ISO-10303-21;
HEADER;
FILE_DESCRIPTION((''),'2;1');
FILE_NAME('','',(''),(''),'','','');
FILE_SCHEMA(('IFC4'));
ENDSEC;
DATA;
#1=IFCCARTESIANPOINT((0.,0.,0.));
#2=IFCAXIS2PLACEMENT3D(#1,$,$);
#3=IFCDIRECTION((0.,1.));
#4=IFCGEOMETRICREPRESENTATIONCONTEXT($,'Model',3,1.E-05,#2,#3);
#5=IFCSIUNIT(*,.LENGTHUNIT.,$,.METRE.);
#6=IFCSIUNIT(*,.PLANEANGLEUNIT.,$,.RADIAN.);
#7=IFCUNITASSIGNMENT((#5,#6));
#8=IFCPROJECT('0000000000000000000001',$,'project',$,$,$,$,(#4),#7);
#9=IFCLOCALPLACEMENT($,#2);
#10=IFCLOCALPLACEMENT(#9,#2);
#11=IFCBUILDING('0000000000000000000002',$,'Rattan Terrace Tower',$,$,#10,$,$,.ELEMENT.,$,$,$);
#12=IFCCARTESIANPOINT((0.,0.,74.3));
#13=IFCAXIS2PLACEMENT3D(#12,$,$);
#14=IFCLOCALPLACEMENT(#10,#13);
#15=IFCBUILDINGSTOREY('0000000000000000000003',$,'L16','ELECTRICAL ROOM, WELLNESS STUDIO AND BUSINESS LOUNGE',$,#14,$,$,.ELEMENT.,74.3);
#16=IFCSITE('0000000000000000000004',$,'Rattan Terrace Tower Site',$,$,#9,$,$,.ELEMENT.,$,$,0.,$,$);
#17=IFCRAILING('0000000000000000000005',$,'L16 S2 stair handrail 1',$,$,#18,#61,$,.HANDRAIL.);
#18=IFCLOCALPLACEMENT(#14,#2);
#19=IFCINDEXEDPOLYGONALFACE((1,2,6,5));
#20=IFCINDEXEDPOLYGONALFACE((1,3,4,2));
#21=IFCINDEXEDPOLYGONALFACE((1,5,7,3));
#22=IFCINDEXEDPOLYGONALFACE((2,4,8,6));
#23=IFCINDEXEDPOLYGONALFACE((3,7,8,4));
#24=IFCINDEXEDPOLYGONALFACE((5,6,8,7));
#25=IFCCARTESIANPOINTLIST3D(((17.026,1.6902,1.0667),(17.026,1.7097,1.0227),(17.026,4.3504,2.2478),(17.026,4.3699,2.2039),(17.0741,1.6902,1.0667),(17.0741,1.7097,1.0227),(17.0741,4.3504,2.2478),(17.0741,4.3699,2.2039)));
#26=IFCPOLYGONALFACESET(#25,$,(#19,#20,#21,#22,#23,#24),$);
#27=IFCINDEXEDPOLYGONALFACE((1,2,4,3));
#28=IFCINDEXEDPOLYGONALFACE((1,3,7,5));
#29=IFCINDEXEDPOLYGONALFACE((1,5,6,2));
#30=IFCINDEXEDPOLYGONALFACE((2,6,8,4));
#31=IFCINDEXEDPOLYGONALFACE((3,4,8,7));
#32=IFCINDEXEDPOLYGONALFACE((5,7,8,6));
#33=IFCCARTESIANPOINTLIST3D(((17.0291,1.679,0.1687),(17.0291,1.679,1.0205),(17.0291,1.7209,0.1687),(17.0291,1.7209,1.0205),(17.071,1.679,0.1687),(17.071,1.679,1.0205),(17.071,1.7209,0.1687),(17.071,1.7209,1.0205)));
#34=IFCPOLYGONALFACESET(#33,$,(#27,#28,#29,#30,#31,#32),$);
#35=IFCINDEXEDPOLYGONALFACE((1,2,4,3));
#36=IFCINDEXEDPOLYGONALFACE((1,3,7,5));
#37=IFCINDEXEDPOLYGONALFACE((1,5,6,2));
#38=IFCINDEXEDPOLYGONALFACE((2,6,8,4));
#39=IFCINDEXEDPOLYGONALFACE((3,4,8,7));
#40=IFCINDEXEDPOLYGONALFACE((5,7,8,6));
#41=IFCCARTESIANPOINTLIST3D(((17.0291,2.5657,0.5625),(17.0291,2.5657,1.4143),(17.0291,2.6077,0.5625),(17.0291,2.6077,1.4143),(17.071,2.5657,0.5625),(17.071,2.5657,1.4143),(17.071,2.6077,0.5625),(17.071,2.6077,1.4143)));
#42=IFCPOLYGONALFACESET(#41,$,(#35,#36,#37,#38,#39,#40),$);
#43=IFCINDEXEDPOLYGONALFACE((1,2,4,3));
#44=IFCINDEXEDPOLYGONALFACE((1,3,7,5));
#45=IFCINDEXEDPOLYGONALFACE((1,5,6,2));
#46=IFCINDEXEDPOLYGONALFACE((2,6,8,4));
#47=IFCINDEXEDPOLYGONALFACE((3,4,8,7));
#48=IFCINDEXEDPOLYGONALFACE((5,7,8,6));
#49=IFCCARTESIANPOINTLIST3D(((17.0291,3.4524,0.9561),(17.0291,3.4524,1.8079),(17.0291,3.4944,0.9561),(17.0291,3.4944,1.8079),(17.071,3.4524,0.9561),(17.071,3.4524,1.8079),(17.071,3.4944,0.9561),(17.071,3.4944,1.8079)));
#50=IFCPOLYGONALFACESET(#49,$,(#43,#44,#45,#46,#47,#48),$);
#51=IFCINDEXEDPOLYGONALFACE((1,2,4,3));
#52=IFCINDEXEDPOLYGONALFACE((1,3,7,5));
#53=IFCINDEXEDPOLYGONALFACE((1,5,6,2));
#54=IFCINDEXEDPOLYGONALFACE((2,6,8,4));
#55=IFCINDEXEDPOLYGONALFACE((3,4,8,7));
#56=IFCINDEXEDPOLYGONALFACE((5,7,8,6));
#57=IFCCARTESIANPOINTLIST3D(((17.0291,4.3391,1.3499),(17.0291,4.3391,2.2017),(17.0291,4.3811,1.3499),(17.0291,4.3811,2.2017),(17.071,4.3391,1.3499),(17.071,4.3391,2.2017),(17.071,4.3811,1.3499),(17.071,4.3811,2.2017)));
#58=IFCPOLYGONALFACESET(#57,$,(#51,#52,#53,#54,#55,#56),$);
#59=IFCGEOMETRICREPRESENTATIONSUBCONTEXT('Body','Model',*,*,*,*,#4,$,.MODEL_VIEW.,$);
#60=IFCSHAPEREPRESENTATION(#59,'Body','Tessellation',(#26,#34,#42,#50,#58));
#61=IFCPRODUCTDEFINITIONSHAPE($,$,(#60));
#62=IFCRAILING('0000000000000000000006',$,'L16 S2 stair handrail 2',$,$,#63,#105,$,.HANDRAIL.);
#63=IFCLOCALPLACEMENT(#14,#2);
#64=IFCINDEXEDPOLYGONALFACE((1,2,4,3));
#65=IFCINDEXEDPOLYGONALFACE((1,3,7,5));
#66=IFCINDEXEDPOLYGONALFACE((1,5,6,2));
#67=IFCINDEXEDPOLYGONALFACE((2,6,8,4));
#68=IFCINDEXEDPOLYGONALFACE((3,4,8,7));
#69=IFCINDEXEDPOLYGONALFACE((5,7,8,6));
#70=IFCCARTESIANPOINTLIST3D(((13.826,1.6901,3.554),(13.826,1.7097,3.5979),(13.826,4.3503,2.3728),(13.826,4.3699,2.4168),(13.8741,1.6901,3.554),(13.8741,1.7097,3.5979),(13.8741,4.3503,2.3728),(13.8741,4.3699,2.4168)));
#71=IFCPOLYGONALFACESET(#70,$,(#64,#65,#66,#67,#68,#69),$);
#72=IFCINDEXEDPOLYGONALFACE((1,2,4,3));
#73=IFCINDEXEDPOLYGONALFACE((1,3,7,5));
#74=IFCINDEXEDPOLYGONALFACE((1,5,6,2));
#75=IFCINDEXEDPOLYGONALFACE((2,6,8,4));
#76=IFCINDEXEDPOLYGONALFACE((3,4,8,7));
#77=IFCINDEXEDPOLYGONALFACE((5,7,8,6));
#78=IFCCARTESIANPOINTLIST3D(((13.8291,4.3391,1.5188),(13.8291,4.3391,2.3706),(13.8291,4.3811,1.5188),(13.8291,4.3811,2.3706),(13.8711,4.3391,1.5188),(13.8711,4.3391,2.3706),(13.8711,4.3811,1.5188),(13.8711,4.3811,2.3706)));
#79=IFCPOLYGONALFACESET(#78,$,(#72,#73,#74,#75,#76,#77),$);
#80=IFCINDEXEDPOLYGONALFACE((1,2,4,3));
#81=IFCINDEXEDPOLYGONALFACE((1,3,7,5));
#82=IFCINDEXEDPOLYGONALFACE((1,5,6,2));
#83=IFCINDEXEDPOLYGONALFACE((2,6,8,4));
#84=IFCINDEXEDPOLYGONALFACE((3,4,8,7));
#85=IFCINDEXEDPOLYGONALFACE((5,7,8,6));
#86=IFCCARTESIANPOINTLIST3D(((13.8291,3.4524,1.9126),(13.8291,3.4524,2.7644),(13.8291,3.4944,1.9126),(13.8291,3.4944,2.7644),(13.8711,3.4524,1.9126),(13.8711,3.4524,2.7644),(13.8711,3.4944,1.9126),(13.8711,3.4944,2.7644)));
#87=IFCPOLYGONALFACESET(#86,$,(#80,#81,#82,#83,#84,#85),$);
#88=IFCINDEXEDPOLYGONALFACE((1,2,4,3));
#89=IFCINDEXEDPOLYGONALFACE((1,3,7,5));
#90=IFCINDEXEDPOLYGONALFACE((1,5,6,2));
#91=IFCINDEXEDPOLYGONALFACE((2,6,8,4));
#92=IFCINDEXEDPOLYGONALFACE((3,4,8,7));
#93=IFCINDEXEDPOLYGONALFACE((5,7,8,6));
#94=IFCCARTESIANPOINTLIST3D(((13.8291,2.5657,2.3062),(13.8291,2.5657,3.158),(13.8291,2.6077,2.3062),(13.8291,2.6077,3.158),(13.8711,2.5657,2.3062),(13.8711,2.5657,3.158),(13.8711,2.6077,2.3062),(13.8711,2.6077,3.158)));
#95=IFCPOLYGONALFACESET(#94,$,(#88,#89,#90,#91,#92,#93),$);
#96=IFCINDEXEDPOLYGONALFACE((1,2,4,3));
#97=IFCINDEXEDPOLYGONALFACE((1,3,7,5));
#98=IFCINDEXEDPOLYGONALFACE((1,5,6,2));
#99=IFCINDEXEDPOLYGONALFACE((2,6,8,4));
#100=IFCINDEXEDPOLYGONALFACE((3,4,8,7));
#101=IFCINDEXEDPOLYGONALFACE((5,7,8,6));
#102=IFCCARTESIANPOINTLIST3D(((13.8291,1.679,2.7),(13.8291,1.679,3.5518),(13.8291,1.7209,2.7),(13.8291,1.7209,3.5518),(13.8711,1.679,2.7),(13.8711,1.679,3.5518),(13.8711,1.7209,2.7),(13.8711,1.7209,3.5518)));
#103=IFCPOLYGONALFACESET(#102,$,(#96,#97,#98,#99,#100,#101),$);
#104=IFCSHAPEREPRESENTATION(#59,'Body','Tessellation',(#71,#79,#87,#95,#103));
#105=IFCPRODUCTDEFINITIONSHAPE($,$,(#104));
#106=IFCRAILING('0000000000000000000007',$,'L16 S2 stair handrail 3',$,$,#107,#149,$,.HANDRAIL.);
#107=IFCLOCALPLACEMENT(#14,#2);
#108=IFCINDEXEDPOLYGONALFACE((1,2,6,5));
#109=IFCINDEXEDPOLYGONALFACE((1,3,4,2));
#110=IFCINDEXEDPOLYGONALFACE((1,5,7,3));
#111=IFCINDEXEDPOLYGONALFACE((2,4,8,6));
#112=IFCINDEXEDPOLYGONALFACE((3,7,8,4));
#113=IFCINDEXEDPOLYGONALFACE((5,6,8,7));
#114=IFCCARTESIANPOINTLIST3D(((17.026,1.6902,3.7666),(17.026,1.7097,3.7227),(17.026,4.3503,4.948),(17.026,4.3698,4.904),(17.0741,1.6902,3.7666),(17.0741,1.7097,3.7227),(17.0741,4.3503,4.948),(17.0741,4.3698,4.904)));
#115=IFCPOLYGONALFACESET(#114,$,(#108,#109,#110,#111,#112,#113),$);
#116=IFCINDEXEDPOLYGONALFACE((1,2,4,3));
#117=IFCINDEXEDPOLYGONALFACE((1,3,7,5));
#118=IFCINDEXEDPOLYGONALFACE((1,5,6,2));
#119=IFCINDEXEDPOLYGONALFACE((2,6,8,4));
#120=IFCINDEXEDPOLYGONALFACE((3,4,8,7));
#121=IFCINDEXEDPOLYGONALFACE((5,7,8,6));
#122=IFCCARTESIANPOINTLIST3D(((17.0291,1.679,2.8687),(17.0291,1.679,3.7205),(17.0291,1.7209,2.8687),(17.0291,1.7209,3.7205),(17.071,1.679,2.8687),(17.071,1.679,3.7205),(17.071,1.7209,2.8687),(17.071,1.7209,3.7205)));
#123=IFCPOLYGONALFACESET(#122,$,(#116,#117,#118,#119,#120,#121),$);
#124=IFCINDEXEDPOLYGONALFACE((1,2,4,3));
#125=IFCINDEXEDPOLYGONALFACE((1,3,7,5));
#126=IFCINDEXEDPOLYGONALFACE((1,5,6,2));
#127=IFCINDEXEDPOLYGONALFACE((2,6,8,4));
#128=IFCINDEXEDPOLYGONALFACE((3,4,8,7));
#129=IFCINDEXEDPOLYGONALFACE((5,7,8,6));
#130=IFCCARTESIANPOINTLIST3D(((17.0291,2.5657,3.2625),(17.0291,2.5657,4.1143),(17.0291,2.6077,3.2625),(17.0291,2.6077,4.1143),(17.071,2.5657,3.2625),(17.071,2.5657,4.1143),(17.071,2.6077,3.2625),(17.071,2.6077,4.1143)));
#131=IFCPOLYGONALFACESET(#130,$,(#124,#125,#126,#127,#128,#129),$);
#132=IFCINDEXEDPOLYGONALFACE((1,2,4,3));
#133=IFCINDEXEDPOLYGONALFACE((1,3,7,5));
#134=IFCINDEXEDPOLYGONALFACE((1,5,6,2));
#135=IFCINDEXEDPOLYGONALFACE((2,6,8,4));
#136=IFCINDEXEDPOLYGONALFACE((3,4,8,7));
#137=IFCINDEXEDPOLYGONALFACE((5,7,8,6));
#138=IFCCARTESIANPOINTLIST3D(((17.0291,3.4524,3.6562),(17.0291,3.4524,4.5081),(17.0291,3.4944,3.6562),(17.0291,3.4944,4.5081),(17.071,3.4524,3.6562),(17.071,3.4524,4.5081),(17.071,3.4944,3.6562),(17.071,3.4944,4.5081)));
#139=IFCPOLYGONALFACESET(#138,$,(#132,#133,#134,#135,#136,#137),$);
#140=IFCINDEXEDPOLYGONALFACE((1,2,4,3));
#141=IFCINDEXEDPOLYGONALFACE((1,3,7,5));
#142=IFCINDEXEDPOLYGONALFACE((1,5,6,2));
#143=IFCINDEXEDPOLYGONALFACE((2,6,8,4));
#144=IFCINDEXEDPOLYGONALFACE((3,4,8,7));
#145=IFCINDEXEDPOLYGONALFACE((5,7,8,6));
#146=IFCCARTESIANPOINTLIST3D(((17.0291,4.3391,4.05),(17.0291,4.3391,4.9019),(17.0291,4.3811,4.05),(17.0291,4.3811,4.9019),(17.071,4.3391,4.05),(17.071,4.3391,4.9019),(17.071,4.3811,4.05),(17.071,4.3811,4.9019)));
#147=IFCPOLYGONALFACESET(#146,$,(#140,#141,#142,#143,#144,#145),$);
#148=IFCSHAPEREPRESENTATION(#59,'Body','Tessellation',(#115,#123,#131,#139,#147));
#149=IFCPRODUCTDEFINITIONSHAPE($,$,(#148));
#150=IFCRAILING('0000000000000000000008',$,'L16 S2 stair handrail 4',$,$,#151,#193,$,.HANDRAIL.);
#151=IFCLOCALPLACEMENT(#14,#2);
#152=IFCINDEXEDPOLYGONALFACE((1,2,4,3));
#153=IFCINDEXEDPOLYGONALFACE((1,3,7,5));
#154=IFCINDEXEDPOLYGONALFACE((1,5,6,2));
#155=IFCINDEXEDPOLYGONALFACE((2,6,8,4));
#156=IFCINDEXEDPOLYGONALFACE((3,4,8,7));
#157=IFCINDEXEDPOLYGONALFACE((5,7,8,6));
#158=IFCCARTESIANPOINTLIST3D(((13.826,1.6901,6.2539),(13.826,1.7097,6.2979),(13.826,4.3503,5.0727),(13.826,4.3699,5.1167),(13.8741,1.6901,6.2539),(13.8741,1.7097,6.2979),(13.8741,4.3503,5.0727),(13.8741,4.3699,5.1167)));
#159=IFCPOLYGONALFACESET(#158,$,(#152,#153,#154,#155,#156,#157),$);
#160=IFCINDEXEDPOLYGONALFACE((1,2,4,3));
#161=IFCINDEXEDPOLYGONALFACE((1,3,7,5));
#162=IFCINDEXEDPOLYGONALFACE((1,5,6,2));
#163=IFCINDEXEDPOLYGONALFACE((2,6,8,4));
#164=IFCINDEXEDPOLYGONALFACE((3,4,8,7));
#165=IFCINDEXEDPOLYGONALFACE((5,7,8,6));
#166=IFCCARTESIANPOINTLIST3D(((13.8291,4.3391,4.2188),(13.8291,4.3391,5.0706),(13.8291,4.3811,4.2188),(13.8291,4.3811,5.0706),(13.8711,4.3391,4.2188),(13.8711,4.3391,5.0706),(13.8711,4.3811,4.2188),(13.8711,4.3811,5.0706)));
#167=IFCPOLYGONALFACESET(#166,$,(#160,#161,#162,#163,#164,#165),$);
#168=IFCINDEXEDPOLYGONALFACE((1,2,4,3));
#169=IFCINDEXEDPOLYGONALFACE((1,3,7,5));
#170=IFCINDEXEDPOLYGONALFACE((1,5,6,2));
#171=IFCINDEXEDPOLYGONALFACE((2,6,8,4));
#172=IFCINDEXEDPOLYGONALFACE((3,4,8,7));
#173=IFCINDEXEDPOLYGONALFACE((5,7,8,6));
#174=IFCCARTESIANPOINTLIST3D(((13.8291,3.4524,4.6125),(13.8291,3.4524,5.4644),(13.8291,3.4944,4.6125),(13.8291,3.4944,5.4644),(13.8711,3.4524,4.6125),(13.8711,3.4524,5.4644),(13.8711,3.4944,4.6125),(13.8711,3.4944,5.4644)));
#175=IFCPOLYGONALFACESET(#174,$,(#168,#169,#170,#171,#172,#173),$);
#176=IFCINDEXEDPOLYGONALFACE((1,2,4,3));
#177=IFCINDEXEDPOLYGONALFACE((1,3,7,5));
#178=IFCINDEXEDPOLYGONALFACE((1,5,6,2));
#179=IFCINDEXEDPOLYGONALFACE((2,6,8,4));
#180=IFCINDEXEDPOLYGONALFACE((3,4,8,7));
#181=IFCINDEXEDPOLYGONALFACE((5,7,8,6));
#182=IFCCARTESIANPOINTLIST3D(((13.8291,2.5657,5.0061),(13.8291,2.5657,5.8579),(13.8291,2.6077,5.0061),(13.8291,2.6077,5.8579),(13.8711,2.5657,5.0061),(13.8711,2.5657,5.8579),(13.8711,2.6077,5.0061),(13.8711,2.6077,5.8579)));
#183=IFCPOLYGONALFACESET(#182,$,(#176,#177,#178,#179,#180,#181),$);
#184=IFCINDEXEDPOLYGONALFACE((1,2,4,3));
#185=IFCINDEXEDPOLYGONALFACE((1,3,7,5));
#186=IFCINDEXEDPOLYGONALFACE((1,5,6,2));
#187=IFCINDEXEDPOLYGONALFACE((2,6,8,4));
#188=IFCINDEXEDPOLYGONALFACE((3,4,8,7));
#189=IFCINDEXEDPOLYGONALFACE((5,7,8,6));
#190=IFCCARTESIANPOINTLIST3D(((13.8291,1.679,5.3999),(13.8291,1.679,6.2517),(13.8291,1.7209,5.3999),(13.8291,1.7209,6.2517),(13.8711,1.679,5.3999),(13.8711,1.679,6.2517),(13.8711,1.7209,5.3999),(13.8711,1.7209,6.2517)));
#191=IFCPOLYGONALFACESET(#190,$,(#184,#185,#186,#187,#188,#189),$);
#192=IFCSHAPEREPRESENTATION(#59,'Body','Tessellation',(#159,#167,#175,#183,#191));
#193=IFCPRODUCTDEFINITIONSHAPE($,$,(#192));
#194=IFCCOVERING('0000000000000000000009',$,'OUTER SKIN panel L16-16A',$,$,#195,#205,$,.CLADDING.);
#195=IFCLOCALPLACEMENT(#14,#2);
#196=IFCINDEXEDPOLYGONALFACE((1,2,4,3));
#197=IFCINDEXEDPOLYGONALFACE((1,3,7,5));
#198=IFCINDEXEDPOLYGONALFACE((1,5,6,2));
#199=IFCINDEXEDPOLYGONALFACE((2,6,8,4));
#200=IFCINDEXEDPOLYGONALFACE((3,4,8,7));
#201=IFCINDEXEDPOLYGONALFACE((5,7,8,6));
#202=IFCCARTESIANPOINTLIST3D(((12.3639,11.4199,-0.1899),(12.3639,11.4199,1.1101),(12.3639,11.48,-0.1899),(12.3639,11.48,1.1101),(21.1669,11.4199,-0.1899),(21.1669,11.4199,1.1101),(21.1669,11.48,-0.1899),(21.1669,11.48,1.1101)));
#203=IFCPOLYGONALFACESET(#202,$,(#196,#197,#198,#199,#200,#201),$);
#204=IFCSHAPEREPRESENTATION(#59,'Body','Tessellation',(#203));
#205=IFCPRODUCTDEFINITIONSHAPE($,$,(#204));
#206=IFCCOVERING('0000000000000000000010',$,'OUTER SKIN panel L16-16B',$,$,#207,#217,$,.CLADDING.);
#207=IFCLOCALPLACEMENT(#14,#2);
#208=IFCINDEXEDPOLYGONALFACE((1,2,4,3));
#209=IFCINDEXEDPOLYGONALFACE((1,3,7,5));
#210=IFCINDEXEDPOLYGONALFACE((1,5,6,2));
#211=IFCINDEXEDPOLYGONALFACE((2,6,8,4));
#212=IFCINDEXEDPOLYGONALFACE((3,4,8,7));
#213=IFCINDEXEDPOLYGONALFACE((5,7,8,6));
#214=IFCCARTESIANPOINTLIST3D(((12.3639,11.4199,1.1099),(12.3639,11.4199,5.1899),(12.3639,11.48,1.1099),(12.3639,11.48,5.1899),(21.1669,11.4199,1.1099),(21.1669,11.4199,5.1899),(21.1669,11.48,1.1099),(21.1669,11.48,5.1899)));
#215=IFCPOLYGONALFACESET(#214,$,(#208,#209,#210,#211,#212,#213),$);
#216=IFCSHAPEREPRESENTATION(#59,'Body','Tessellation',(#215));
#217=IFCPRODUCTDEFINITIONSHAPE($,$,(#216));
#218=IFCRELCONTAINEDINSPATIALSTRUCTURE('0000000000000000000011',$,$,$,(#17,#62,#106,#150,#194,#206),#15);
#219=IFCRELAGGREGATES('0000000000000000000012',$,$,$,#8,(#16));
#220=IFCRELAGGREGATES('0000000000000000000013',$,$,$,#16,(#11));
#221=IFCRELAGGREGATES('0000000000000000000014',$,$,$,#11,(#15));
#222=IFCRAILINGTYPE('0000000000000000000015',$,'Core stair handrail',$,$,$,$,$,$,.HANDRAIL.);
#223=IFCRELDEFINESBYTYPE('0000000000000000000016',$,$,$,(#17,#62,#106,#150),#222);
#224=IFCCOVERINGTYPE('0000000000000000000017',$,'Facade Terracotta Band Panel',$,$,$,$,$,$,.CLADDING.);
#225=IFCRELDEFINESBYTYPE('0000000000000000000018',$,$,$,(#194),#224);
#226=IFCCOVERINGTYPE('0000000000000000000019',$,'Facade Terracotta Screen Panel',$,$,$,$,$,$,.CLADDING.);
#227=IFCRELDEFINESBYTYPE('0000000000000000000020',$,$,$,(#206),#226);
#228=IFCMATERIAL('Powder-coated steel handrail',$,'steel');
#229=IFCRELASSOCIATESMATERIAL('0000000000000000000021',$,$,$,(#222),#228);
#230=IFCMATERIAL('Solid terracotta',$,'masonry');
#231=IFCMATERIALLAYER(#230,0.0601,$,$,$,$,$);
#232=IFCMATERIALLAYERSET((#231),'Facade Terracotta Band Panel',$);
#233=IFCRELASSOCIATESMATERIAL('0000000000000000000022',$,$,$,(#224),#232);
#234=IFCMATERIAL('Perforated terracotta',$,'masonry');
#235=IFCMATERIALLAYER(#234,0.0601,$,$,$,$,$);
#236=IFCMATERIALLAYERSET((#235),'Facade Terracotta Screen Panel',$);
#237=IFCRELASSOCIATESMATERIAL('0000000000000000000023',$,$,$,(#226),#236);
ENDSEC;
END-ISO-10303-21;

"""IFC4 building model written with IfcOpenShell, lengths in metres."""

from ifc_helpers import new_model, si_unit, direction, frame, origin, origin_2d, place, context, subcontext, project, spatial, rectangle, extrude, material, layer, layer_set, type_object, element, save


model = new_model("IFC4")

# Units and contexts
model_context = context("Model", 3, precision=1e-05, world=origin(), true_north=direction((0.0, 1.0)))
body_context = subcontext(model_context, "Body", "Model", "MODEL_VIEW")
ifc_project = project(units=[si_unit("LENGTHUNIT", "METRE"), si_unit("PLANEANGLEUNIT", "RADIAN")], contexts=[model_context])

# Site, building, storey
site_placement = place(None, origin())
site = spatial("IfcSite", under=ifc_project, at=site_placement, Name="Rattan Terrace Tower Site", CompositionType="ELEMENT", RefElevation=0.0)
building_placement = place(site_placement, origin())
building = spatial("IfcBuilding", under=site, at=building_placement, Name="Rattan Terrace Tower", CompositionType="ELEMENT")
storey_placement = place(building_placement, frame((0.0, 0.0, 74.3)))
storey = spatial("IfcBuildingStorey", under=building, at=storey_placement, Name="L16", Description="ELECTRICAL ROOM, WELLNESS STUDIO AND BUSINESS LOUNGE", CompositionType="ELEMENT", Elevation=74.3)

# Railings
ifc_material_1 = material(Name="Powder-coated steel handrail", Category="steel")
railing_type_1 = type_object("IfcRailingType", Name="Core stair handrail", PredefinedType="HANDRAIL", material=ifc_material_1)
railing_1_placement = place(storey_placement, frame((17.05, 1.7, 0.1687)))
element("IfcRailing", 1, at=railing_1_placement, inside=storey, type_object=railing_type_1, Name="L16 S2 stair handrail 1", PredefinedType="HANDRAIL", context=body_context, shape_type="SweptSolid", body=[
    extrude(rectangle(XDim=0.0481, YDim=0.0481, at=origin_2d()), frame((0.0, 0.0, 0.876), z_axis=(0.0, 0.913957, 0.405812), x_axis=(-1.0, 0.0, 0.0)), (0.0, 0.0, 1.0), 2.9106),
    extrude(rectangle(XDim=0.042, YDim=0.042, at=origin_2d()), origin(), (0.0, 0.0, 1.0), 0.8518),
    extrude(rectangle(XDim=0.042, YDim=0.042, at=origin_2d()), frame((0.0, 0.8867, 0.3938)), (0.0, 0.0, 1.0), 0.8518),
    extrude(rectangle(XDim=0.042, YDim=0.042, at=origin_2d()), frame((0.0, 1.7734, 0.7874)), (0.0, 0.0, 1.0), 0.8518),
    extrude(rectangle(XDim=0.042, YDim=0.042, at=origin_2d()), frame((0.0, 2.6602, 1.1812)), (0.0, 0.0, 1.0), 0.8518),
])
railing_2_placement = place(storey_placement, frame((13.8501, 4.3601, 1.5188)))
element("IfcRailing", 2, at=railing_2_placement, inside=storey, type_object=railing_type_1, Name="L16 S2 stair handrail 2", PredefinedType="HANDRAIL", context=body_context, shape_type="SweptSolid", body=[
    extrude(rectangle(XDim=0.0481, YDim=0.0481, at=origin_2d()), frame((0.0, 0.0, 0.876), z_axis=(0.0, -0.913957, 0.405812), x_axis=(1.0, 0.0, 0.0)), (0.0, 0.0, 1.0), 2.9106),
    extrude(rectangle(XDim=0.042, YDim=0.042, at=origin_2d()), origin(), (0.0, 0.0, 1.0), 0.8518),
    extrude(rectangle(XDim=0.042, YDim=0.042, at=origin_2d()), frame((0.0, -0.8867, 0.3938)), (0.0, 0.0, 1.0), 0.8518),
    extrude(rectangle(XDim=0.042, YDim=0.042, at=origin_2d()), frame((0.0, -1.7734, 0.7874)), (0.0, 0.0, 1.0), 0.8518),
    extrude(rectangle(XDim=0.042, YDim=0.042, at=origin_2d()), frame((0.0, -2.6602, 1.1812)), (0.0, 0.0, 1.0), 0.8518),
])
railing_3_placement = place(storey_placement, frame((17.05, 1.7, 2.8687)))
element("IfcRailing", 3, at=railing_3_placement, inside=storey, type_object=railing_type_1, Name="L16 S2 stair handrail 3", PredefinedType="HANDRAIL", context=body_context, shape_type="SweptSolid", body=[
    extrude(rectangle(XDim=0.0481, YDim=0.0481, at=origin_2d()), frame((0.0, 0.0, 0.876), z_axis=(0.0, 0.913926, 0.405882), x_axis=(-1.0, 0.0, 0.0)), (0.0, 0.0, 1.0), 2.9106),
    extrude(rectangle(XDim=0.042, YDim=0.042, at=origin_2d()), origin(), (0.0, 0.0, 1.0), 0.8518),
    extrude(rectangle(XDim=0.042, YDim=0.042, at=origin_2d()), frame((0.0, 0.8867, 0.3938)), (0.0, 0.0, 1.0), 0.8518),
    extrude(rectangle(XDim=0.042, YDim=0.042, at=origin_2d()), frame((0.0, 1.7734, 0.7876)), (0.0, 0.0, 1.0), 0.8518),
    extrude(rectangle(XDim=0.042, YDim=0.042, at=origin_2d()), frame((0.0, 2.6602, 1.1814)), (0.0, 0.0, 1.0), 0.8518),
])
railing_4_placement = place(storey_placement, frame((13.8501, 4.3601, 4.2188)))
element("IfcRailing", 4, at=railing_4_placement, inside=storey, type_object=railing_type_1, Name="L16 S2 stair handrail 4", PredefinedType="HANDRAIL", context=body_context, shape_type="SweptSolid", body=[
    extrude(rectangle(XDim=0.0481, YDim=0.0481, at=origin_2d()), frame((0.0, 0.0, 0.876), z_axis=(0.0, -0.913957, 0.405812), x_axis=(1.0, 0.0, 0.0)), (0.0, 0.0, 1.0), 2.9106),
    extrude(rectangle(XDim=0.042, YDim=0.042, at=origin_2d()), origin(), (0.0, 0.0, 1.0), 0.8518),
    extrude(rectangle(XDim=0.042, YDim=0.042, at=origin_2d()), frame((0.0, -0.8867, 0.3938)), (0.0, 0.0, 1.0), 0.8518),
    extrude(rectangle(XDim=0.042, YDim=0.042, at=origin_2d()), frame((0.0, -1.7734, 0.7874)), (0.0, 0.0, 1.0), 0.8518),
    extrude(rectangle(XDim=0.042, YDim=0.042, at=origin_2d()), frame((0.0, -2.6602, 1.1812)), (0.0, 0.0, 1.0), 0.8518),
])

# Coverings
ifc_material_2 = material(Name="Solid terracotta", Category="masonry")
ifc_layer_1 = layer(ifc_material_2, 0.0601)
ifc_layer_set_1 = layer_set([ifc_layer_1], Name="Facade Terracotta Band Panel")
covering_type_1 = type_object("IfcCoveringType", Name="Facade Terracotta Band Panel", PredefinedType="CLADDING", material=ifc_layer_set_1)
covering_1_placement = place(storey_placement, frame((16.7654, 11.45, -0.1899), z_axis=(0.0, 0.0, 1.0), x_axis=(-1.0, 0.0, 0.0)))
element("IfcCovering", 5, at=covering_1_placement, inside=storey, type_object=covering_type_1, Name="OUTER SKIN panel L16-16A", PredefinedType="CLADDING", context=body_context, shape_type="SweptSolid", body=[
    extrude(rectangle(XDim=8.803, YDim=0.0601, at=origin_2d()), origin(), (0.0, 0.0, 1.0), 1.3),
])
ifc_material_3 = material(Name="Perforated terracotta", Category="masonry")
ifc_layer_2 = layer(ifc_material_3, 0.0601)
ifc_layer_set_2 = layer_set([ifc_layer_2], Name="Facade Terracotta Screen Panel")
covering_type_2 = type_object("IfcCoveringType", Name="Facade Terracotta Screen Panel", PredefinedType="CLADDING", material=ifc_layer_set_2)
covering_2_placement = place(storey_placement, frame((16.7654, 11.45, 1.1099), z_axis=(0.0, 0.0, 1.0), x_axis=(-1.0, 0.0, 0.0)))
element("IfcCovering", 6, at=covering_2_placement, inside=storey, type_object=covering_type_2, Name="OUTER SKIN panel L16-16B", PredefinedType="CLADDING", context=body_context, shape_type="SweptSolid", body=[
    extrude(rectangle(XDim=8.803, YDim=0.0601, at=origin_2d()), origin(), (0.0, 0.0, 1.0), 4.0801),
])

save(model, "model.ifc")
